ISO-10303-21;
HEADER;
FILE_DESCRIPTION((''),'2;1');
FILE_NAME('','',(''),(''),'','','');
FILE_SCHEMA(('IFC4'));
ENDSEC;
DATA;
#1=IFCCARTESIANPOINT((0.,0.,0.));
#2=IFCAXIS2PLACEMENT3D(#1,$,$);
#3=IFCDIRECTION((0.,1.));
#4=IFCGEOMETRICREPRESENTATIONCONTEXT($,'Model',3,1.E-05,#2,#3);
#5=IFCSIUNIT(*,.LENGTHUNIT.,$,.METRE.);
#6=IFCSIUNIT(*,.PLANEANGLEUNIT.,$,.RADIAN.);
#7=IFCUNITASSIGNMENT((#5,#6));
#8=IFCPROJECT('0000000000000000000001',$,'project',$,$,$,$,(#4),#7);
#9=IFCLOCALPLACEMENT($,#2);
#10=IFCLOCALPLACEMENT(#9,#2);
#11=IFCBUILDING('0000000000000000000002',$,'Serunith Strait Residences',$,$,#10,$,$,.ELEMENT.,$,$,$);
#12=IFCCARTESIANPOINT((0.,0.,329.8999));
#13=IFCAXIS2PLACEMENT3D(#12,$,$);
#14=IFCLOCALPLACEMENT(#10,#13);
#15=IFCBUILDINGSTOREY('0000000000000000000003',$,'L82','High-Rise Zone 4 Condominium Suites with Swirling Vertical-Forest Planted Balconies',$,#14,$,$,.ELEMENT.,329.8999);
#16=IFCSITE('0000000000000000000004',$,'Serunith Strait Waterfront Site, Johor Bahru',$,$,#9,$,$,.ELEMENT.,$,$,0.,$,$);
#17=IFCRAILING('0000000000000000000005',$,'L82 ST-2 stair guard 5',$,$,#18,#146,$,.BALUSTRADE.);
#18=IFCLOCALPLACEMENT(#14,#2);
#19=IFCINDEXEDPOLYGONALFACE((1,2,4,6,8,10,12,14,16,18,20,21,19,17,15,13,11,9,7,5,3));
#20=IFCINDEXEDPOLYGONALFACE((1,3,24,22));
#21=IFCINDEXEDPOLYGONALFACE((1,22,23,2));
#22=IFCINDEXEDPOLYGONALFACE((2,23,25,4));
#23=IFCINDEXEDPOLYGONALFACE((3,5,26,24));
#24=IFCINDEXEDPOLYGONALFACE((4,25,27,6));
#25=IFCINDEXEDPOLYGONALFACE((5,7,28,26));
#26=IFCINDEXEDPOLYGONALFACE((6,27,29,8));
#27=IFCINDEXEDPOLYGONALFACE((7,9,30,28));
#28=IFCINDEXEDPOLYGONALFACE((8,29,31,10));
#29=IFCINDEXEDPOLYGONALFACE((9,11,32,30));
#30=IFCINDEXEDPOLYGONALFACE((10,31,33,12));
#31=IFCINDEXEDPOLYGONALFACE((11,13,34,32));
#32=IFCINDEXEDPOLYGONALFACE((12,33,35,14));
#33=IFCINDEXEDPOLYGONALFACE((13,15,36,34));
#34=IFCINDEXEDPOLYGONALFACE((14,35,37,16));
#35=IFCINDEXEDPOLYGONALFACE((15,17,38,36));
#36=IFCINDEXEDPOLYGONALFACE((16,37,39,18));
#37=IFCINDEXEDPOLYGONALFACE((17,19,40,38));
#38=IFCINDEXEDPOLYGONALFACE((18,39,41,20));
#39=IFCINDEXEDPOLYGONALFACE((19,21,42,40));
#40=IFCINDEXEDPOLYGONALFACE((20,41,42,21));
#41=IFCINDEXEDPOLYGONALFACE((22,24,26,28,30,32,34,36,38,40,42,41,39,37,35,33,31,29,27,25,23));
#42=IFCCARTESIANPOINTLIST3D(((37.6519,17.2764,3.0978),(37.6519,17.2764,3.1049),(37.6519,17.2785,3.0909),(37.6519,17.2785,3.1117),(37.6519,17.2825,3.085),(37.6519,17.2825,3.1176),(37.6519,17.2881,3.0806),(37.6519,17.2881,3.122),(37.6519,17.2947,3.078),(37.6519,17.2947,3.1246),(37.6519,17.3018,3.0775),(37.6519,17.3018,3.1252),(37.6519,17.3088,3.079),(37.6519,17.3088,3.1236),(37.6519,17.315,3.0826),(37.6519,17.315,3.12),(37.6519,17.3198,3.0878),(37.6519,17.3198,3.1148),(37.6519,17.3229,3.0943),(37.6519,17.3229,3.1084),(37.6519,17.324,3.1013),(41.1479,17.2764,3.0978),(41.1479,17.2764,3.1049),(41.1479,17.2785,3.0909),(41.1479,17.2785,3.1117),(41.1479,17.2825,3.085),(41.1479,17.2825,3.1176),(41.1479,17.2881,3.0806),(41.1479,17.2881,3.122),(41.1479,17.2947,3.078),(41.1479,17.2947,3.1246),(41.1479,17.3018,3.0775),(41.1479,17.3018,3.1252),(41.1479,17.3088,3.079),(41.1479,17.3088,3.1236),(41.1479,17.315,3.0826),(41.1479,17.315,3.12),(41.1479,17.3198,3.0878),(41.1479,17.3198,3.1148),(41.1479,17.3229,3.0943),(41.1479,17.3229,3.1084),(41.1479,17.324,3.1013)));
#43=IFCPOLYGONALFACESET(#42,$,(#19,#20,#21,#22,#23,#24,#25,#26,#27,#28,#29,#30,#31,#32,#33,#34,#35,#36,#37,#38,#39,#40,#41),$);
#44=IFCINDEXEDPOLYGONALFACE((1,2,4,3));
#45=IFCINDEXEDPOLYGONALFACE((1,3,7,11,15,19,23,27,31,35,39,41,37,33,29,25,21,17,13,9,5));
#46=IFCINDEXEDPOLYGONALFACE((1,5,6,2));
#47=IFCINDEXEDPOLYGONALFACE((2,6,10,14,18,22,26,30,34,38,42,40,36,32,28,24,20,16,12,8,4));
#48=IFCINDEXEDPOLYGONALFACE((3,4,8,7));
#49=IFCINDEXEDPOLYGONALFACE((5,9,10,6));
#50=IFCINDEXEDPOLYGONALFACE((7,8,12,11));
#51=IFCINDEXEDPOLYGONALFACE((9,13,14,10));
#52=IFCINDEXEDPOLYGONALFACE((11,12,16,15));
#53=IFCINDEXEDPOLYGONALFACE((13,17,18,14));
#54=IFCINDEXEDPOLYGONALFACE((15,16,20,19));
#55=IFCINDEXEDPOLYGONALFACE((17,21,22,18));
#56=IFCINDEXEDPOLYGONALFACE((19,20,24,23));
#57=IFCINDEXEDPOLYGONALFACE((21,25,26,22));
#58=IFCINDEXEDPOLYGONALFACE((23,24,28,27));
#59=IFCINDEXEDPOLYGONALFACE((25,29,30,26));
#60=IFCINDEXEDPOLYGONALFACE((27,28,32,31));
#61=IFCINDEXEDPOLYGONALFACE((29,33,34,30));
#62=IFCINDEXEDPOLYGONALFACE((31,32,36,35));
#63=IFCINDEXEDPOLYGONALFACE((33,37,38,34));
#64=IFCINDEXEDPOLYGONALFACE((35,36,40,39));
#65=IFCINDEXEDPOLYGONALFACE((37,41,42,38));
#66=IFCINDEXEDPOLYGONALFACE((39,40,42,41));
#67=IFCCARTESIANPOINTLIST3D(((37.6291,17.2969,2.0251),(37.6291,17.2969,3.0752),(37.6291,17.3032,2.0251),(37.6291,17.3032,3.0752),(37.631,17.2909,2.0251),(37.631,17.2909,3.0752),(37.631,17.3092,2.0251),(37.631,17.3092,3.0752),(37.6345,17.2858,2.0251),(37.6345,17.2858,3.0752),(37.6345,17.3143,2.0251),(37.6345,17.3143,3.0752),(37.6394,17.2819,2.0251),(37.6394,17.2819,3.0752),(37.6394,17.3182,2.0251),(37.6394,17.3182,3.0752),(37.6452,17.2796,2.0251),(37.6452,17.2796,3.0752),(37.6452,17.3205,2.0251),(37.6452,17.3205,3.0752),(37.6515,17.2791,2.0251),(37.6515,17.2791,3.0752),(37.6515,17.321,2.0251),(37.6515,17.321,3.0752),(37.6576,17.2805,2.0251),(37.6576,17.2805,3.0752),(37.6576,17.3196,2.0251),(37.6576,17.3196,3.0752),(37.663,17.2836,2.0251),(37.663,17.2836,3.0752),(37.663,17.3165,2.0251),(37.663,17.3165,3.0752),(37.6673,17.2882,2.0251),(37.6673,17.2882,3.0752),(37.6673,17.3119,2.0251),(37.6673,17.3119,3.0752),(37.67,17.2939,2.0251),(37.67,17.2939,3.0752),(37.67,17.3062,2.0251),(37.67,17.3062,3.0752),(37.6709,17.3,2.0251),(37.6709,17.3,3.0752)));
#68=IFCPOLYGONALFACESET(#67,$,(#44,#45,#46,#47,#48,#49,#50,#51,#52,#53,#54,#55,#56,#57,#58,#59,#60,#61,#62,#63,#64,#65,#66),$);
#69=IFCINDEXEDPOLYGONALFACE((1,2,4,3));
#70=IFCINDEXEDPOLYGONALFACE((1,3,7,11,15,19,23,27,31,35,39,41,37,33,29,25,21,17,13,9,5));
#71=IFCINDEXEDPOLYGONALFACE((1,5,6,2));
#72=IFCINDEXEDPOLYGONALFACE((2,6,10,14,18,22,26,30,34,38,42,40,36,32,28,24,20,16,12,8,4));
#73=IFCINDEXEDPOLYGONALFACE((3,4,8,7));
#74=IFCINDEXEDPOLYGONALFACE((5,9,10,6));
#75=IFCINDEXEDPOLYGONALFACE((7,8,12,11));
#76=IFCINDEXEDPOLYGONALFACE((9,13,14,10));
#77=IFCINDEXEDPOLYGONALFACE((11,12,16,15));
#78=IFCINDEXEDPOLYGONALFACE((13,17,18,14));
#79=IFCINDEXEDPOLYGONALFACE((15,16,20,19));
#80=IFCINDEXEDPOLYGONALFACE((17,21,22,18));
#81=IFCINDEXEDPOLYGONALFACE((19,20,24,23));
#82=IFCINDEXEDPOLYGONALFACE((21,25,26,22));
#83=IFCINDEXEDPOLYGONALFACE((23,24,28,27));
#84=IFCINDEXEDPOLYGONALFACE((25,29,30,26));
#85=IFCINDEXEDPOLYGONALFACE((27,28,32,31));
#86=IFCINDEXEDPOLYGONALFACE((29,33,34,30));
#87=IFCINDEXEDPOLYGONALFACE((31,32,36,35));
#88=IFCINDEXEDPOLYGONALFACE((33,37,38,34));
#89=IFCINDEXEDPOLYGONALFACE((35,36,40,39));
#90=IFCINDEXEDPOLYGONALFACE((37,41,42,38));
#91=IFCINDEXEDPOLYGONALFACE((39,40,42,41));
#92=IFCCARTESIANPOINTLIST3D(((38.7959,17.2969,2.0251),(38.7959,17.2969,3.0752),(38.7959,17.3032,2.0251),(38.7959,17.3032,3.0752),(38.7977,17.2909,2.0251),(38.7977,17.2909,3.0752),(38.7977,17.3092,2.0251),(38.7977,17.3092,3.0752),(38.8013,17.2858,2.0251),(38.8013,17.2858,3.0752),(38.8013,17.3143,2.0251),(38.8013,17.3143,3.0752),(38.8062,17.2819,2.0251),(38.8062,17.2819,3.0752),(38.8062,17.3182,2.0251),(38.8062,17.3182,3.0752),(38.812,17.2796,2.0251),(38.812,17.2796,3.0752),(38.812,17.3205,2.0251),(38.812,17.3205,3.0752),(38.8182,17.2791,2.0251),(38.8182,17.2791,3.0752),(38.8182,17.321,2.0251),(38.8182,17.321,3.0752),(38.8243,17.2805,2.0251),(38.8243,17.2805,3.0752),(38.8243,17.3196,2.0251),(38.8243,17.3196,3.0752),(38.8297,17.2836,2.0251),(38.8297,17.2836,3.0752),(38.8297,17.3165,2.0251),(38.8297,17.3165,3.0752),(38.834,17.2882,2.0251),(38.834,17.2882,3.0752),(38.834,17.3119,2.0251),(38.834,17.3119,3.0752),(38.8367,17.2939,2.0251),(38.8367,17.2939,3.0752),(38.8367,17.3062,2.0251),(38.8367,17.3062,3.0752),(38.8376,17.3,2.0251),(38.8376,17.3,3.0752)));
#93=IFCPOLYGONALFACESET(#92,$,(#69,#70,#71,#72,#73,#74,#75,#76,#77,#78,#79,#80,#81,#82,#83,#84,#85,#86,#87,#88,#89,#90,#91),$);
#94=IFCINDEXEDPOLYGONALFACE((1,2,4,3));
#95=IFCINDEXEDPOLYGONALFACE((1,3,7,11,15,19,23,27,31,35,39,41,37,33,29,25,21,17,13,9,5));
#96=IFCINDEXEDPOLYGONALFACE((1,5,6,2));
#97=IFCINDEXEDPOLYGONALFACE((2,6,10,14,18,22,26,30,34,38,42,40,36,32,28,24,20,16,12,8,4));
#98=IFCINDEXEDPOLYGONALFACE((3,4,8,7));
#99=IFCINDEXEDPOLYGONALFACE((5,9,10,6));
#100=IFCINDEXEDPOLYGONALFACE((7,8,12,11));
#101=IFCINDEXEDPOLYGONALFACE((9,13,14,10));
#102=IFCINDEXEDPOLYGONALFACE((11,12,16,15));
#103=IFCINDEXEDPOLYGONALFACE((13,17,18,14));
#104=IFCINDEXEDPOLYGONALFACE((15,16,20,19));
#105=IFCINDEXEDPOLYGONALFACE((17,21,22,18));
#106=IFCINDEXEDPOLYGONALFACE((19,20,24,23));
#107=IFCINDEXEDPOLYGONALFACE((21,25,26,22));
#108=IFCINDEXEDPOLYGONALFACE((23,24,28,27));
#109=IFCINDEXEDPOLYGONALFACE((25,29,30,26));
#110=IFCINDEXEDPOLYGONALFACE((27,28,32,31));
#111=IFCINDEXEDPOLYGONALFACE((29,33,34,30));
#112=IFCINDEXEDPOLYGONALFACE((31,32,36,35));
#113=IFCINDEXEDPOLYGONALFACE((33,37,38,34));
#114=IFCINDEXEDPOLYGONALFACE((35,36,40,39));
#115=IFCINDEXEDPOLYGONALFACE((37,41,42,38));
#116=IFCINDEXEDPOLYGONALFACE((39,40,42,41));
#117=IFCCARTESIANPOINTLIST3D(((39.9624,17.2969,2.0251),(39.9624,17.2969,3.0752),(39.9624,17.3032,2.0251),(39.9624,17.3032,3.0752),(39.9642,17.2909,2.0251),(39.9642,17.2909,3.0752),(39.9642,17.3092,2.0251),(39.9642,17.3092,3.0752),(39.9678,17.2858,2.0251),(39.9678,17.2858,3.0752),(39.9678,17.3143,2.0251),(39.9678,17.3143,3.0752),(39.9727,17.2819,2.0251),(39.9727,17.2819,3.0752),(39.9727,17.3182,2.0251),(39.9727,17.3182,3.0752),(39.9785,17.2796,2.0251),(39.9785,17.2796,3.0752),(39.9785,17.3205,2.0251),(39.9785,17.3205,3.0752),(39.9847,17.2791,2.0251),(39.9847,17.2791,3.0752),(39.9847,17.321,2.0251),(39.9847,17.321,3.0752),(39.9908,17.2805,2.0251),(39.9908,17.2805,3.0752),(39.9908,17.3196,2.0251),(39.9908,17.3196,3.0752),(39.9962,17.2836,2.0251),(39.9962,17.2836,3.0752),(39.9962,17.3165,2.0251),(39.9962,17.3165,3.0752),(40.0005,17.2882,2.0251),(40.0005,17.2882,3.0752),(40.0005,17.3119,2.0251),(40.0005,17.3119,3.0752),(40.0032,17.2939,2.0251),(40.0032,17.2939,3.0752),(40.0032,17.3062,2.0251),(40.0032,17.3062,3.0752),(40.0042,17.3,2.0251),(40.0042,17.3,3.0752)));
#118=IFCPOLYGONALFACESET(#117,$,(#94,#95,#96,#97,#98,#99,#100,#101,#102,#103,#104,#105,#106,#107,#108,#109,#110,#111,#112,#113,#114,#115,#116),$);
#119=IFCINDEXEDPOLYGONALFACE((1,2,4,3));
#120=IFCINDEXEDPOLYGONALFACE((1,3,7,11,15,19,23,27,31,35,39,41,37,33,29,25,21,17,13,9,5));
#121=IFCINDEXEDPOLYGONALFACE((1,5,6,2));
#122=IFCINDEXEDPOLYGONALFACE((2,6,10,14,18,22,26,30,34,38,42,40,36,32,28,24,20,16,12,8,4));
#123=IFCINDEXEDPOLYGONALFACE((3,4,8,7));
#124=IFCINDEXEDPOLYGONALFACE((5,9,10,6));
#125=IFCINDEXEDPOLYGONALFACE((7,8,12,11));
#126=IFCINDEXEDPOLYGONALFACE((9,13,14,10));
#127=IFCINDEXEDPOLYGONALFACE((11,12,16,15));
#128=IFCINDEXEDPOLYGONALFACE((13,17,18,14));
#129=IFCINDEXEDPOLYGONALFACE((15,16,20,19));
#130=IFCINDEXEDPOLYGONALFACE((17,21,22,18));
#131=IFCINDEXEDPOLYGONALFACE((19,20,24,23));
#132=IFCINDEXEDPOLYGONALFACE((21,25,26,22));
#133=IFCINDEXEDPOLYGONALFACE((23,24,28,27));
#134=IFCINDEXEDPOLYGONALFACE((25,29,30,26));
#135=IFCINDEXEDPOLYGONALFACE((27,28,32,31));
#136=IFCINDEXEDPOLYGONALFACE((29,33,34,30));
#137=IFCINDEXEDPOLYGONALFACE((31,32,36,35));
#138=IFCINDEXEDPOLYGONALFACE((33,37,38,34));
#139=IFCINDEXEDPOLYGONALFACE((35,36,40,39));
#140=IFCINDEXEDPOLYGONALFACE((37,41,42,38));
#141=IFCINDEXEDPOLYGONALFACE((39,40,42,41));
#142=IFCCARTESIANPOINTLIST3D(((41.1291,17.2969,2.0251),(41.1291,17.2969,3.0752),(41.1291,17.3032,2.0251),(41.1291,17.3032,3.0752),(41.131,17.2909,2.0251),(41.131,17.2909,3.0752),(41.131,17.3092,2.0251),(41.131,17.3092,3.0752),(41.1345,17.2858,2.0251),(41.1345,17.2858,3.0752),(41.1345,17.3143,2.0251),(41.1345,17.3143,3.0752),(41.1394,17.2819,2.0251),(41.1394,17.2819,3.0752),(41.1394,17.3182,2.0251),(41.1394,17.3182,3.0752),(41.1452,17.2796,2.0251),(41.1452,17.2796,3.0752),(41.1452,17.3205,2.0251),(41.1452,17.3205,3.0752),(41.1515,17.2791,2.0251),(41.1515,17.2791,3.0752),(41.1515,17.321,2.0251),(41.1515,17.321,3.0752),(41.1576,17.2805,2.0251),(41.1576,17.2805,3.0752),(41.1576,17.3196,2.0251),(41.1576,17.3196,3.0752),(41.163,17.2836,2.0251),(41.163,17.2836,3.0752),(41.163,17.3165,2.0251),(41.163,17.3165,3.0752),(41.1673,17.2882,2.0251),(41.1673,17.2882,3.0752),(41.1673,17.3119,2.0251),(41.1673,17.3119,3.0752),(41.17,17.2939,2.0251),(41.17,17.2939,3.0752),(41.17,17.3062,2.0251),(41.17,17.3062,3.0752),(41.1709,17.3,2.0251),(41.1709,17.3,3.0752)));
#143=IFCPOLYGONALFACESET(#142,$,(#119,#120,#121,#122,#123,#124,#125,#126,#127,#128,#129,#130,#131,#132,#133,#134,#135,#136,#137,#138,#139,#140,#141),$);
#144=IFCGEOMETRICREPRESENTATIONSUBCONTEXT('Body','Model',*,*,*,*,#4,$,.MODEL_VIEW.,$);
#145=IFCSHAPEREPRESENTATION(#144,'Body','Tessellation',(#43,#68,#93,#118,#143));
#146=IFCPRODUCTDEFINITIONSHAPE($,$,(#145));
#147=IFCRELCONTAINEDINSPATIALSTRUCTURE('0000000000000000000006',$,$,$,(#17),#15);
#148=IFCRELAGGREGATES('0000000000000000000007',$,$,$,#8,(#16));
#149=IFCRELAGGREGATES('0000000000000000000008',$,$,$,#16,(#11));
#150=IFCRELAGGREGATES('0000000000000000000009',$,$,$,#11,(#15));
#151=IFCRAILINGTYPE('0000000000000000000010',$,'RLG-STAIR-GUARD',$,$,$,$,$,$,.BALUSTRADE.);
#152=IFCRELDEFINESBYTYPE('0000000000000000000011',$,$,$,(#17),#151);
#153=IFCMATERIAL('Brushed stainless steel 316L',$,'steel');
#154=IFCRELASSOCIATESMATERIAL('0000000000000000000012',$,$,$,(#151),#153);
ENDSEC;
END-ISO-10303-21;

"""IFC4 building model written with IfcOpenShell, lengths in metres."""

from ifc_helpers import new_model, si_unit, direction, frame, origin, origin_2d, place, context, subcontext, project, spatial, circle, extrude, material, type_object, element, save


model = new_model("IFC4")

# Units and contexts
model_context = context("Model", 3, precision=1e-05, world=origin(), true_north=direction((0.0, 1.0)))
body_context = subcontext(model_context, "Body", "Model", "MODEL_VIEW")
ifc_project = project(units=[si_unit("LENGTHUNIT", "METRE"), si_unit("PLANEANGLEUNIT", "RADIAN")], contexts=[model_context])

# Site, building, storey
site_placement = place(None, origin())
site = spatial("IfcSite", under=ifc_project, at=site_placement, Name="Serunith Strait Waterfront Site, Johor Bahru", CompositionType="ELEMENT", RefElevation=0.0)
building_placement = place(site_placement, origin())
building = spatial("IfcBuilding", under=site, at=building_placement, Name="Serunith Strait Residences", CompositionType="ELEMENT")
storey_placement = place(building_placement, frame((0.0, 0.0, 329.8999)))
storey = spatial("IfcBuildingStorey", under=building, at=storey_placement, Name="L82", Description="High-Rise Zone 4 Condominium Suites with Swirling Vertical-Forest Planted Balconies", CompositionType="ELEMENT", Elevation=329.8999)

# Railing
ifc_material_1 = material(Name="Brushed stainless steel 316L", Category="steel")
railing_type_1 = type_object("IfcRailingType", Name="RLG-STAIR-GUARD", PredefinedType="BALUSTRADE", material=ifc_material_1)
railing_1_placement = place(storey_placement, frame((37.6499, 17.3, 2.0251)))
element("IfcRailing", 1, at=railing_1_placement, inside=storey, type_object=railing_type_1, Name="L82 ST-2 stair guard 5", PredefinedType="BALUSTRADE", context=body_context, shape_type="SweptSolid", body=[
    extrude(circle(Radius=0.0239, at=origin_2d()), frame((0.002, 0.0, 1.0762), z_axis=(1.0, 0.0, 0.0), x_axis=(0.0, 1.0, 0.0)), (0.0, 0.0, 1.0), 3.4961),
    extrude(circle(Radius=0.021, at=origin_2d()), origin(), (0.0, 0.0, 1.0), 1.05),
    extrude(circle(Radius=0.021, at=origin_2d()), frame((1.1667, 0.0, 0.0)), (0.0, 0.0, 1.0), 1.05),
    extrude(circle(Radius=0.021, at=origin_2d()), frame((2.3333, 0.0, 0.0)), (0.0, 0.0, 1.0), 1.05),
    extrude(circle(Radius=0.021, at=origin_2d()), frame((3.5, 0.0, 0.0)), (0.0, 0.0, 1.0), 1.05),
])

save(model, "model.ifc")
